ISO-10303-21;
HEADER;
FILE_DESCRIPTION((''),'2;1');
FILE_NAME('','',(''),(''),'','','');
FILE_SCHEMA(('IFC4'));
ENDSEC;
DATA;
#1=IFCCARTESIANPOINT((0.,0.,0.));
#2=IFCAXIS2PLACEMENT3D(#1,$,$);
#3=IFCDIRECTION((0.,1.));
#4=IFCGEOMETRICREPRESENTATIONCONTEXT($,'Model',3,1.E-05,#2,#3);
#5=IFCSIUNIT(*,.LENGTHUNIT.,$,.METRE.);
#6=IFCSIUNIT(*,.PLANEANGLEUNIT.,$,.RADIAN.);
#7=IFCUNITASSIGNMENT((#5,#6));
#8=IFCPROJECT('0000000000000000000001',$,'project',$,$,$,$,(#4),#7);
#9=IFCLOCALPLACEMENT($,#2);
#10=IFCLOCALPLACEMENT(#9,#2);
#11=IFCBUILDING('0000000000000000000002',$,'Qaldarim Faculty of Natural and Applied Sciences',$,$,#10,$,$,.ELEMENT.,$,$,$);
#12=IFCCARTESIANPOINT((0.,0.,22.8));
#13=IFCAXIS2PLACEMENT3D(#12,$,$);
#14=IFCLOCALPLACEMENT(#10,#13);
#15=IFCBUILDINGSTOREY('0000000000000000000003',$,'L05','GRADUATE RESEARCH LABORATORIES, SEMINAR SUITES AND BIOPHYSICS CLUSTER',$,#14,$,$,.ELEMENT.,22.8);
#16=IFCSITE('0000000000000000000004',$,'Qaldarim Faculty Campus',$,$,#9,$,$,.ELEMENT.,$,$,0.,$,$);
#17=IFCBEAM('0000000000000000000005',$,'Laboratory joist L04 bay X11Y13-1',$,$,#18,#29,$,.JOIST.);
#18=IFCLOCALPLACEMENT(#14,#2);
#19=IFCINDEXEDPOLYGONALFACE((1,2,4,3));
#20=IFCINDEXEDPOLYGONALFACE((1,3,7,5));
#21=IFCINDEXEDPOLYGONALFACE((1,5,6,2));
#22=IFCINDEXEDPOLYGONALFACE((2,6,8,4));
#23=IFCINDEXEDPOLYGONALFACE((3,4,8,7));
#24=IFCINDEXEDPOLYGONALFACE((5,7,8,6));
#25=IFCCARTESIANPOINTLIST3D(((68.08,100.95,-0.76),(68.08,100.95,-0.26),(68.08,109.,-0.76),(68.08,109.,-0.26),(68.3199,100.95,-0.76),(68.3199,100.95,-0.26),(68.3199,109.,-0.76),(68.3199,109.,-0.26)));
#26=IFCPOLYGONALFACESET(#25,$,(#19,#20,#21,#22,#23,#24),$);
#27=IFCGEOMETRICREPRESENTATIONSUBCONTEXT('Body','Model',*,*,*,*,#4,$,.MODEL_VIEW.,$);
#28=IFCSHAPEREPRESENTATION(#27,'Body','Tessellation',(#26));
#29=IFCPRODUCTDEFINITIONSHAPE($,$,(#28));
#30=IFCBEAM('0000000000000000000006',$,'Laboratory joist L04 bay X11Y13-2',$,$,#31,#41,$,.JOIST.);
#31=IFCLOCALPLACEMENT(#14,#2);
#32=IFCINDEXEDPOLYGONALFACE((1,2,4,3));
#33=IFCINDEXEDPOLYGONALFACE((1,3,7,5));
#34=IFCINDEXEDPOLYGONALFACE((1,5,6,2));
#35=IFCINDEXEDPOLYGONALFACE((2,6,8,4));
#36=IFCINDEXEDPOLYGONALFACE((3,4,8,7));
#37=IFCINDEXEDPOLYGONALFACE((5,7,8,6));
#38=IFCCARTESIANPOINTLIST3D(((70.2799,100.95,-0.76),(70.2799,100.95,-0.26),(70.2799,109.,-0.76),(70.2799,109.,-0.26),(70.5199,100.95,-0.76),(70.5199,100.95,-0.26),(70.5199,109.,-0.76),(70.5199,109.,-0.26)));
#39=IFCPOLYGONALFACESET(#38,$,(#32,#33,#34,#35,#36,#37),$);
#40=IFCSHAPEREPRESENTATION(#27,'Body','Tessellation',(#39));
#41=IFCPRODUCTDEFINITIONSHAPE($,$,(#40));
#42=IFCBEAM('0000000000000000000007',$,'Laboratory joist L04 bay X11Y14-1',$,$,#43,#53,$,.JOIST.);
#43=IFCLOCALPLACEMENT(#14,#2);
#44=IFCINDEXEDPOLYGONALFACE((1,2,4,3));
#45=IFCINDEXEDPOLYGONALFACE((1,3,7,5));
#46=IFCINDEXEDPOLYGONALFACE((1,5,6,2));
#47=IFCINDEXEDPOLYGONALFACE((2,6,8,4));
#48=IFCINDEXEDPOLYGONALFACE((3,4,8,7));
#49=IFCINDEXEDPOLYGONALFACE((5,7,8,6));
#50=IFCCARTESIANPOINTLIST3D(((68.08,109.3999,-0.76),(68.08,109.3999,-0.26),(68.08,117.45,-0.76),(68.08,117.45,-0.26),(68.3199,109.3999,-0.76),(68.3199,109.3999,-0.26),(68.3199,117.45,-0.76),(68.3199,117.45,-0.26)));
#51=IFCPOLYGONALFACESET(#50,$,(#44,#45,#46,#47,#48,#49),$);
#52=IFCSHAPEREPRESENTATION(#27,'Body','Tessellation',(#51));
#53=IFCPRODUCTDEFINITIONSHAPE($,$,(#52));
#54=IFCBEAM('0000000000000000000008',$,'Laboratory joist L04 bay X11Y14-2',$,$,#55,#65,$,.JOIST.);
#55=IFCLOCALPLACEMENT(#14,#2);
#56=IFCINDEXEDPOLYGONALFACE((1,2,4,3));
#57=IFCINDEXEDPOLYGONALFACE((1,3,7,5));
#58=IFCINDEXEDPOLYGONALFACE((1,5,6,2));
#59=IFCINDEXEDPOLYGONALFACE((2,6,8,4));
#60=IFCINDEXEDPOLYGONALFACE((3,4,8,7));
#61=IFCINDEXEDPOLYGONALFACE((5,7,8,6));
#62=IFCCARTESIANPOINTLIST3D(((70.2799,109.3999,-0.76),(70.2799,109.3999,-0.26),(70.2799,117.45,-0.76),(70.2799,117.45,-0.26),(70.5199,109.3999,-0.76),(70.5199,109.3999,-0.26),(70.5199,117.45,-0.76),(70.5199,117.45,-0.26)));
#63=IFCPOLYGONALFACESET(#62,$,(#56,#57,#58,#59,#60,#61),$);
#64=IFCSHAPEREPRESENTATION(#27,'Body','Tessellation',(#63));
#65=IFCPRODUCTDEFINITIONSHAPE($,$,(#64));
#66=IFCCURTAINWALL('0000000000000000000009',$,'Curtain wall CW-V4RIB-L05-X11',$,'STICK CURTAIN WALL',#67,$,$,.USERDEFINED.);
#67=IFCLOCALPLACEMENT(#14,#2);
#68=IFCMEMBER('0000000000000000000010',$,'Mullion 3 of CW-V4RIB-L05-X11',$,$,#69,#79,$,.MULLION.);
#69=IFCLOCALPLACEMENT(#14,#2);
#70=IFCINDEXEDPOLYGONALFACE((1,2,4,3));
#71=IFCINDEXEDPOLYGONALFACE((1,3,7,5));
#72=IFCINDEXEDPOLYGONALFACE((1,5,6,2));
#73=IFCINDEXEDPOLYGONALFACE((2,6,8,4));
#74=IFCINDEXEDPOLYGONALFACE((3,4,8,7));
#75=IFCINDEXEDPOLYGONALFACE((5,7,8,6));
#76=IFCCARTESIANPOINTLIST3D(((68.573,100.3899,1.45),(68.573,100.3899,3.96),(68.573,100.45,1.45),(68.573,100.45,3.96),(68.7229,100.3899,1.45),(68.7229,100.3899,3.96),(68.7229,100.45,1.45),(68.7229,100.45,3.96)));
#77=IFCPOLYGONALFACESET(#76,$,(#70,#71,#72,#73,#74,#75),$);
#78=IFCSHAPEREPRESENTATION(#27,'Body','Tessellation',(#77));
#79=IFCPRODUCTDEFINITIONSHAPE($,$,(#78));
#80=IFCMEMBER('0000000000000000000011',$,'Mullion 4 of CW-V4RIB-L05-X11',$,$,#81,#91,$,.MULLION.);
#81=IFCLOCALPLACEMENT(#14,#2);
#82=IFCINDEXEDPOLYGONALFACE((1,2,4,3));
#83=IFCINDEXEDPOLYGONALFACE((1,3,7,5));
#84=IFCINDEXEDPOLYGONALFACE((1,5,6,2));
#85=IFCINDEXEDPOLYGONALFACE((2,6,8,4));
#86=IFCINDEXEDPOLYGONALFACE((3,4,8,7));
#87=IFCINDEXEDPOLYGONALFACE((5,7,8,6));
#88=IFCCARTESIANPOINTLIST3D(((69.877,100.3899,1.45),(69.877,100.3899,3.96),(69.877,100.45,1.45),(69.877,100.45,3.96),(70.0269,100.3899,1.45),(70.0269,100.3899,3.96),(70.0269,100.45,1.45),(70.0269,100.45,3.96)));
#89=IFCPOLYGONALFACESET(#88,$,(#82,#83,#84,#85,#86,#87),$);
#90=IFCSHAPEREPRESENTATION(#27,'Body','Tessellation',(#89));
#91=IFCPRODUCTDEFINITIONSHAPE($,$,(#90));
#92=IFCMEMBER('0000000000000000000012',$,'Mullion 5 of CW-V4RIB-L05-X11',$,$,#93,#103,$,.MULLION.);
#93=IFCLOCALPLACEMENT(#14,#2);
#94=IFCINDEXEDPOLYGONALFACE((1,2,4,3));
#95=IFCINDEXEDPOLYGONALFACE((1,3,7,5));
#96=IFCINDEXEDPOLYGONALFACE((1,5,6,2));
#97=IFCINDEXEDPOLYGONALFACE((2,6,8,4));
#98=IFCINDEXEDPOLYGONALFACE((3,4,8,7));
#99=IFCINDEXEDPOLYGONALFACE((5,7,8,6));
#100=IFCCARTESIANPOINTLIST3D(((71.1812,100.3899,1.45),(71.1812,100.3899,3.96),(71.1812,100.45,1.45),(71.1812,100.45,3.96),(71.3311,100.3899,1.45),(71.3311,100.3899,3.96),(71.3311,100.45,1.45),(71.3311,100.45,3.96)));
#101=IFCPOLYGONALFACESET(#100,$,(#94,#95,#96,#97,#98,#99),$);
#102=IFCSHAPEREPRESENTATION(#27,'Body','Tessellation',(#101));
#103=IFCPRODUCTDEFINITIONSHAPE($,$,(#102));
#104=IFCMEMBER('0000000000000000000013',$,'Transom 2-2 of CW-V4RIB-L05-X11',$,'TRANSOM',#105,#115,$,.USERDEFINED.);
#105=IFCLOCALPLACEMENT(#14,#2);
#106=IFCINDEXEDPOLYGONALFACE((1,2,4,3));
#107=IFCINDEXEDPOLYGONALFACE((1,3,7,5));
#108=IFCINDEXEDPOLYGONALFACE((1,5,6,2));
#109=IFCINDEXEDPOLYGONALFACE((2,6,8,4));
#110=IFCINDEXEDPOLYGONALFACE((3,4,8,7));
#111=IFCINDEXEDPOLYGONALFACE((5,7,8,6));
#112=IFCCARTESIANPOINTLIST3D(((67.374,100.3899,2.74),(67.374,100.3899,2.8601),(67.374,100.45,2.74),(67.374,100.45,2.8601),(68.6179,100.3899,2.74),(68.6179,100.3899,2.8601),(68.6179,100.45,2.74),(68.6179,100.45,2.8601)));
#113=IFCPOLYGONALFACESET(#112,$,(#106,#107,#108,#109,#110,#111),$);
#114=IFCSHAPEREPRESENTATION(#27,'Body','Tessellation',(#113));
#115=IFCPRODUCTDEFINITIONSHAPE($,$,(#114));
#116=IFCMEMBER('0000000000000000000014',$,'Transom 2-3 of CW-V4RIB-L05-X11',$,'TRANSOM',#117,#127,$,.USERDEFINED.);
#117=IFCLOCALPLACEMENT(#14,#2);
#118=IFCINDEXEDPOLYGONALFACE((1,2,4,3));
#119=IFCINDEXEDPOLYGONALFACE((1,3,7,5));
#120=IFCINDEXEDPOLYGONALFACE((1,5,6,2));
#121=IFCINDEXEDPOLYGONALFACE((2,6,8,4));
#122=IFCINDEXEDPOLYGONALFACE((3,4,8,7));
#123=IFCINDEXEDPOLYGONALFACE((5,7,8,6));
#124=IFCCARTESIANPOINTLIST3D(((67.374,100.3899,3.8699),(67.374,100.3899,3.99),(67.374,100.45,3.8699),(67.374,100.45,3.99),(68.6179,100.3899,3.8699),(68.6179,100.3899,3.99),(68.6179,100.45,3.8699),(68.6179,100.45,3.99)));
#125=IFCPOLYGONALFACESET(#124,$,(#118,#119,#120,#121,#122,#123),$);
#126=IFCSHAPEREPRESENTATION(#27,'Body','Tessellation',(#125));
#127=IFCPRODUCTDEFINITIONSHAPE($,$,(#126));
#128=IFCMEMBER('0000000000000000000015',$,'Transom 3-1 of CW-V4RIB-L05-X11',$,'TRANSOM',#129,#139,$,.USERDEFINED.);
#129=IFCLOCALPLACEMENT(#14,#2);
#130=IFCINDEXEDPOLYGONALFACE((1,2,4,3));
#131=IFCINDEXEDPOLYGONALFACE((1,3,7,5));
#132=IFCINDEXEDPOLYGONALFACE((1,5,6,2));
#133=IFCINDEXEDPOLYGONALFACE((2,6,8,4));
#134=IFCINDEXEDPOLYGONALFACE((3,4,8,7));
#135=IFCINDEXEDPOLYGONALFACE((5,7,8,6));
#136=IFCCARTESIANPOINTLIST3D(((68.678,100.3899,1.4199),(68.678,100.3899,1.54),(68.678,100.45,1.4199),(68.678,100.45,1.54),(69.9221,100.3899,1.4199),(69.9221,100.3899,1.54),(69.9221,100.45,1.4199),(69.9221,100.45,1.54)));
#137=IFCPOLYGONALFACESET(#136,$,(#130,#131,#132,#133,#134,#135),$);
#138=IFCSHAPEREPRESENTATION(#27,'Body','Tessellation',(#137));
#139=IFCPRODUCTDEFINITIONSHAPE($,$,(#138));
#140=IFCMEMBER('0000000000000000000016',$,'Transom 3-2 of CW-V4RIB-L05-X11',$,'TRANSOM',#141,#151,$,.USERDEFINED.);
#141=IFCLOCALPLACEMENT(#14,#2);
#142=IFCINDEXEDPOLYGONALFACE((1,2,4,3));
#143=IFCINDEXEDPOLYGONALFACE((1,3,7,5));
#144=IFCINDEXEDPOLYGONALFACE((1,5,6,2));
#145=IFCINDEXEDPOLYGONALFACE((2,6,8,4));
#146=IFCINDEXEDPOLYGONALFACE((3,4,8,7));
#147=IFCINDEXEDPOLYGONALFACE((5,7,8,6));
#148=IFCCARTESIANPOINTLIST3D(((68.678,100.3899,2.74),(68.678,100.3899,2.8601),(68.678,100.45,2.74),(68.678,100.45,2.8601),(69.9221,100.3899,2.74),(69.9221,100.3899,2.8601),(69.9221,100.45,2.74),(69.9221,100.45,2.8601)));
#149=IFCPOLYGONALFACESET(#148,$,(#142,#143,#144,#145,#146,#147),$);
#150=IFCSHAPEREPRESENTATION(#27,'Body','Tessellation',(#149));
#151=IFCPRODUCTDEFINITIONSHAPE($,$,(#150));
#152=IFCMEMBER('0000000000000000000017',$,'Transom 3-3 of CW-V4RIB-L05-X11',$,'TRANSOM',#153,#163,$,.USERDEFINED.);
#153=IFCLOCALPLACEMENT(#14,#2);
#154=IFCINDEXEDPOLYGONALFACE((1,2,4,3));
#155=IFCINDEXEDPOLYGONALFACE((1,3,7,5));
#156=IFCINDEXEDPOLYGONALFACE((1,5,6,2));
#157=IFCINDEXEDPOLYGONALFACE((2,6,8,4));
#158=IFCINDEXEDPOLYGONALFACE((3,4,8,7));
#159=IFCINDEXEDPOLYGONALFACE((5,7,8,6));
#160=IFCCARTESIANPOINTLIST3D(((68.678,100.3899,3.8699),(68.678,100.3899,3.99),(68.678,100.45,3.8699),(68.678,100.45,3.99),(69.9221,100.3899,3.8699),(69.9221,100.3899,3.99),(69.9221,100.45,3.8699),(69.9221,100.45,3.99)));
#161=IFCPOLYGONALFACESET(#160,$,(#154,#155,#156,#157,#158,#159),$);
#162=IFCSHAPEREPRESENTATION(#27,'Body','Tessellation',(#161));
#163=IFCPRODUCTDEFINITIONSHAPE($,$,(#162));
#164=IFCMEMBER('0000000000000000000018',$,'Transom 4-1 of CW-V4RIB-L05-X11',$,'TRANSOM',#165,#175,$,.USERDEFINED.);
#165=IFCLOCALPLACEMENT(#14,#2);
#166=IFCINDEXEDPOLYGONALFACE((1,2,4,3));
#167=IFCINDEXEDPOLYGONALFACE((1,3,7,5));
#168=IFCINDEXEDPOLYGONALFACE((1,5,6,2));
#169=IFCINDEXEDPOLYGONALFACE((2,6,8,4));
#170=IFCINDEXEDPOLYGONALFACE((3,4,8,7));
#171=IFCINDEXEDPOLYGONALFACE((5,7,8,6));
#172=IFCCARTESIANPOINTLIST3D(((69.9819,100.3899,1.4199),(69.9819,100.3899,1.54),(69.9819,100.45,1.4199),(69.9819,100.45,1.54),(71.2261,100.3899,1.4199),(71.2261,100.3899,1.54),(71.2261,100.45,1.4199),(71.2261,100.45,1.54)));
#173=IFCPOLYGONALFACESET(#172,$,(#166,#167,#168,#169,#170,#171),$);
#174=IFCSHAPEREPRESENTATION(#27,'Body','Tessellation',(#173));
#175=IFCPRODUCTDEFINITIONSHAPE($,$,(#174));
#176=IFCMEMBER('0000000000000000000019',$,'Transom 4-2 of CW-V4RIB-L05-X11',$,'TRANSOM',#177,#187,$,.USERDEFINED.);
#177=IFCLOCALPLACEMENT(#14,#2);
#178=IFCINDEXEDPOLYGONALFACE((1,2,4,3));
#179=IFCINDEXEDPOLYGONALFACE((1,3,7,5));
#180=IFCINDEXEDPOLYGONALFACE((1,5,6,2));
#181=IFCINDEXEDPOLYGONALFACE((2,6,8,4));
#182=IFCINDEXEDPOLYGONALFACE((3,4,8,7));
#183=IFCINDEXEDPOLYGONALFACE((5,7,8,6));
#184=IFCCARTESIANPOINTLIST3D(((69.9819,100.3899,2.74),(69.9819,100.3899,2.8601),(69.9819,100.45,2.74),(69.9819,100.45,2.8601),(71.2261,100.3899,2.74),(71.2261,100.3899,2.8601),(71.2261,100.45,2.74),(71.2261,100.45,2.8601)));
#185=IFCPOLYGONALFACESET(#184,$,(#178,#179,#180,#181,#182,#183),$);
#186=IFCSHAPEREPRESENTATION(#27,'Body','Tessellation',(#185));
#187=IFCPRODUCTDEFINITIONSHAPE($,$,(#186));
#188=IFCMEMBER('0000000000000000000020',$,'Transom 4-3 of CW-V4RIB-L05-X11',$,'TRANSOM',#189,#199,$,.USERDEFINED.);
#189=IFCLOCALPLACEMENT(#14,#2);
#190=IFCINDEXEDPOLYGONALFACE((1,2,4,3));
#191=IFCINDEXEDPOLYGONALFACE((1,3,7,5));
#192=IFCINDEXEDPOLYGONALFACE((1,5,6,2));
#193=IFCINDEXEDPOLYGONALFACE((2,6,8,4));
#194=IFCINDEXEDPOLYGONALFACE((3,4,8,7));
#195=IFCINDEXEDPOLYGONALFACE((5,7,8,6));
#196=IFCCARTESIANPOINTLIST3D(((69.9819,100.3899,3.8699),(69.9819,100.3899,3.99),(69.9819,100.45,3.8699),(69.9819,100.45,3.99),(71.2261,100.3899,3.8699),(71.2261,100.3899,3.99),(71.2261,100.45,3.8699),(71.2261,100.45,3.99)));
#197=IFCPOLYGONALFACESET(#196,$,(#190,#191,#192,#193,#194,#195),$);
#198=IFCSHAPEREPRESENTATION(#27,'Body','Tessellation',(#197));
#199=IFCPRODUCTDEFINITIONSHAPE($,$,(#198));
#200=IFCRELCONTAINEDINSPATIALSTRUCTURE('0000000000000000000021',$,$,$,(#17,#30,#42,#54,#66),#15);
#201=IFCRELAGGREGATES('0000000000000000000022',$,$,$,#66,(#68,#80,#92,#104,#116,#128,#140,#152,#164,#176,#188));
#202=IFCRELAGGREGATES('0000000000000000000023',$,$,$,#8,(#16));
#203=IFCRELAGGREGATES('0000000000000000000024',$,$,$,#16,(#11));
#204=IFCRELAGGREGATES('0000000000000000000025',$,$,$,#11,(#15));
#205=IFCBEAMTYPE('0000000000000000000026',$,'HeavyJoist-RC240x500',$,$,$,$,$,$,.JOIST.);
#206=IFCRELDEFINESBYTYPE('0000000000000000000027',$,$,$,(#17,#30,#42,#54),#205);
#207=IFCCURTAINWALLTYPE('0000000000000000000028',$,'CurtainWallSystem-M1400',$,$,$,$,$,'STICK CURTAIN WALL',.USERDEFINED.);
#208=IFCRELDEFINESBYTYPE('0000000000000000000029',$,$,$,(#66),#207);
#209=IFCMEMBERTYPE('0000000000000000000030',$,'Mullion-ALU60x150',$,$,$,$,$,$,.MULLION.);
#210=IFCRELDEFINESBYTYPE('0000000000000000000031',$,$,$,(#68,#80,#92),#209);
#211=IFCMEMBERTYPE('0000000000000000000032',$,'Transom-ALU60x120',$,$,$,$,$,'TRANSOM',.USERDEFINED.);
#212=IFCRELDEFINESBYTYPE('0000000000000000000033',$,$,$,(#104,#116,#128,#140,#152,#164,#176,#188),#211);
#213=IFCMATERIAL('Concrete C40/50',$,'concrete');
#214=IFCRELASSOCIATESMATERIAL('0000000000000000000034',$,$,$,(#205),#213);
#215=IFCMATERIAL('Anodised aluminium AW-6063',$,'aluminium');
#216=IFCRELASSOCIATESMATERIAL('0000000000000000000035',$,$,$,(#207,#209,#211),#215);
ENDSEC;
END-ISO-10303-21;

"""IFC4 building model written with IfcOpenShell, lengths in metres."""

from ifc_helpers import new_model, si_unit, direction, frame, origin, origin_2d, place, context, subcontext, project, spatial, rectangle, extrude, material, material_profile, profile_set, type_object, element, aggregate, save


model = new_model("IFC4")

# Units and contexts
model_context = context("Model", 3, precision=1e-05, world=origin(), true_north=direction((0.0, 1.0)))
body_context = subcontext(model_context, "Body", "Model", "MODEL_VIEW")
ifc_project = project(units=[si_unit("LENGTHUNIT", "METRE"), si_unit("PLANEANGLEUNIT", "RADIAN")], contexts=[model_context])

# Site, building, storey
site_placement = place(None, origin())
site = spatial("IfcSite", under=ifc_project, at=site_placement, Name="Qaldarim Faculty Campus", CompositionType="ELEMENT", RefElevation=0.0)
building_placement = place(site_placement, origin())
building = spatial("IfcBuilding", under=site, at=building_placement, Name="Qaldarim Faculty of Natural and Applied Sciences", CompositionType="ELEMENT")
storey_placement = place(building_placement, frame((0.0, 0.0, 22.8)))
storey = spatial("IfcBuildingStorey", under=building, at=storey_placement, Name="L05", Description="GRADUATE RESEARCH LABORATORIES, SEMINAR SUITES AND BIOPHYSICS CLUSTER", CompositionType="ELEMENT", Elevation=22.8)

# Beams
ifc_material_1 = material(Name="Concrete C40/50", Category="concrete")
ifc_material_profile_1 = material_profile(ifc_material_1, rectangle(XDim=0.24, YDim=0.5, at=origin_2d()), Name="RC-J240x500")
ifc_profile_set_1 = profile_set([ifc_material_profile_1], Name="Concrete C40/50")
beam_type = type_object("IfcBeamType", Name="HeavyJoist-RC240x500", PredefinedType="JOIST", material=ifc_profile_set_1)
for number, where, z_axis, x_axis, name in (
    (1, (68.2, 100.95, -0.51), (0.0, 1.0, 0.0), (-1.0, 0.0, 0.0), "Laboratory joist L04 bay X11Y13-1"),
    (2, (70.3999, 100.95, -0.51), (0.0, 1.0, 0.0), (-1.0, 0.0, 0.0), "Laboratory joist L04 bay X11Y13-2"),
    (3, (68.2, 109.3999, -0.51), (0.0, 1.0, 0.0), (-1.0, 0.0, 0.0), "Laboratory joist L04 bay X11Y14-1"),
    (4, (70.3999, 109.3999, -0.51), (0.0, 1.0, 0.0), (-1.0, 0.0, 0.0), "Laboratory joist L04 bay X11Y14-2"),
):
    element("IfcBeam", number, at=place(storey_placement, frame(where, z_axis=z_axis, x_axis=x_axis)), inside=storey, type_object=beam_type, Name=name, PredefinedType="JOIST", context=body_context, shape_type="SweptSolid", body=[
        extrude(rectangle(XDim=0.24, YDim=0.5, at=origin_2d()), origin(), (0.0, 0.0, 1.0), 8.05),
    ])

# Curtain wall, members
ifc_material_2 = material(Name="Anodised aluminium AW-6063", Category="aluminium")
curtain_wall_type_1 = type_object("IfcCurtainWallType", Name="CurtainWallSystem-M1400", ElementType="STICK CURTAIN WALL", PredefinedType="USERDEFINED", material=ifc_material_2)
curtain_wall_1_placement = place(storey_placement, origin())
curtain_wall_1 = element("IfcCurtainWall", 5, at=curtain_wall_1_placement, inside=storey, type_object=curtain_wall_type_1, Name="Curtain wall CW-V4RIB-L05-X11", ObjectType="STICK CURTAIN WALL", PredefinedType="USERDEFINED")
ifc_material_profile_2 = material_profile(ifc_material_2, rectangle(XDim=0.0601, YDim=0.1499, at=origin_2d()), Name="ALU-M60x150")
ifc_profile_set_2 = profile_set([ifc_material_profile_2], Name="Anodised aluminium AW-6063")
member_type_1 = type_object("IfcMemberType", Name="Mullion-ALU60x150", PredefinedType="MULLION", material=ifc_profile_set_2)
member_1_placement = place(storey_placement, frame((68.6479, 100.4199, 1.45), z_axis=(0.0, 0.0, 1.0), x_axis=(0.0, 1.0, 0.0)))
member_1 = element("IfcMember", 6, at=member_1_placement, type_object=member_type_1, Name="Mullion 3 of CW-V4RIB-L05-X11", PredefinedType="MULLION", context=body_context, shape_type="SweptSolid", body=[
    extrude(rectangle(XDim=0.0601, YDim=0.1499, at=origin_2d()), origin(), (0.0, 0.0, 1.0), 2.51),
])
member_2_placement = place(storey_placement, frame((69.9519, 100.4199, 1.45), z_axis=(0.0, 0.0, 1.0), x_axis=(0.0, 1.0, 0.0)))
member_2 = element("IfcMember", 7, at=member_2_placement, type_object=member_type_1, Name="Mullion 4 of CW-V4RIB-L05-X11", PredefinedType="MULLION", context=body_context, shape_type="SweptSolid", body=[
    extrude(rectangle(XDim=0.0601, YDim=0.1499, at=origin_2d()), origin(), (0.0, 0.0, 1.0), 2.51),
])
member_3_placement = place(storey_placement, frame((71.2561, 100.4199, 1.45), z_axis=(0.0, 0.0, 1.0), x_axis=(0.0, 1.0, 0.0)))
member_3 = element("IfcMember", 8, at=member_3_placement, type_object=member_type_1, Name="Mullion 5 of CW-V4RIB-L05-X11", PredefinedType="MULLION", context=body_context, shape_type="SweptSolid", body=[
    extrude(rectangle(XDim=0.0601, YDim=0.1499, at=origin_2d()), origin(), (0.0, 0.0, 1.0), 2.51),
])
ifc_material_profile_3 = material_profile(ifc_material_2, rectangle(XDim=0.0601, YDim=0.1201, at=origin_2d()), Name="ALU-T60x120")
ifc_profile_set_3 = profile_set([ifc_material_profile_3], Name="Anodised aluminium AW-6063")
member_type_2 = type_object("IfcMemberType", Name="Transom-ALU60x120", ElementType="TRANSOM", PredefinedType="USERDEFINED", material=ifc_profile_set_3)
member_4_placement = place(storey_placement, frame((67.374, 100.4199, 2.8), z_axis=(1.0, 0.0, 0.0), x_axis=(0.0, 1.0, 0.0)))
member_4 = element("IfcMember", 9, at=member_4_placement, type_object=member_type_2, Name="Transom 2-2 of CW-V4RIB-L05-X11", ObjectType="TRANSOM", PredefinedType="USERDEFINED", context=body_context, shape_type="SweptSolid", body=[
    extrude(rectangle(XDim=0.0601, YDim=0.1201, at=origin_2d()), origin(), (0.0, 0.0, 1.0), 1.2439),
])
member_5_placement = place(storey_placement, frame((67.374, 100.4199, 3.9299), z_axis=(1.0, 0.0, 0.0), x_axis=(0.0, 1.0, 0.0)))
member_5 = element("IfcMember", 10, at=member_5_placement, type_object=member_type_2, Name="Transom 2-3 of CW-V4RIB-L05-X11", ObjectType="TRANSOM", PredefinedType="USERDEFINED", context=body_context, shape_type="SweptSolid", body=[
    extrude(rectangle(XDim=0.0601, YDim=0.1201, at=origin_2d()), origin(), (0.0, 0.0, 1.0), 1.2439),
])
member_6_placement = place(storey_placement, frame((68.678, 100.4199, 1.48), z_axis=(1.0, 0.0, 0.0), x_axis=(0.0, 1.0, 0.0)))
member_6 = element("IfcMember", 11, at=member_6_placement, type_object=member_type_2, Name="Transom 3-1 of CW-V4RIB-L05-X11", ObjectType="TRANSOM", PredefinedType="USERDEFINED", context=body_context, shape_type="SweptSolid", body=[
    extrude(rectangle(XDim=0.0601, YDim=0.1201, at=origin_2d()), origin(), (0.0, 0.0, 1.0), 1.2441),
])
member_7_placement = place(storey_placement, frame((68.678, 100.4199, 2.8), z_axis=(1.0, 0.0, 0.0), x_axis=(0.0, 1.0, 0.0)))
member_7 = element("IfcMember", 12, at=member_7_placement, type_object=member_type_2, Name="Transom 3-2 of CW-V4RIB-L05-X11", ObjectType="TRANSOM", PredefinedType="USERDEFINED", context=body_context, shape_type="SweptSolid", body=[
    extrude(rectangle(XDim=0.0601, YDim=0.1201, at=origin_2d()), origin(), (0.0, 0.0, 1.0), 1.2441),
])
member_8_placement = place(storey_placement, frame((68.678, 100.4199, 3.9299), z_axis=(1.0, 0.0, 0.0), x_axis=(0.0, 1.0, 0.0)))
member_8 = element("IfcMember", 13, at=member_8_placement, type_object=member_type_2, Name="Transom 3-3 of CW-V4RIB-L05-X11", ObjectType="TRANSOM", PredefinedType="USERDEFINED", context=body_context, shape_type="SweptSolid", body=[
    extrude(rectangle(XDim=0.0601, YDim=0.1201, at=origin_2d()), origin(), (0.0, 0.0, 1.0), 1.2441),
])
member_9_placement = place(storey_placement, frame((69.9819, 100.4199, 1.48), z_axis=(1.0, 0.0, 0.0), x_axis=(0.0, 1.0, 0.0)))
member_9 = element("IfcMember", 14, at=member_9_placement, type_object=member_type_2, Name="Transom 4-1 of CW-V4RIB-L05-X11", ObjectType="TRANSOM", PredefinedType="USERDEFINED", context=body_context, shape_type="SweptSolid", body=[
    extrude(rectangle(XDim=0.0601, YDim=0.1201, at=origin_2d()), origin(), (0.0, 0.0, 1.0), 1.2441),
])
member_10_placement = place(storey_placement, frame((69.9819, 100.4199, 2.8), z_axis=(1.0, 0.0, 0.0), x_axis=(0.0, 1.0, 0.0)))
member_10 = element("IfcMember", 15, at=member_10_placement, type_object=member_type_2, Name="Transom 4-2 of CW-V4RIB-L05-X11", ObjectType="TRANSOM", PredefinedType="USERDEFINED", context=body_context, shape_type="SweptSolid", body=[
    extrude(rectangle(XDim=0.0601, YDim=0.1201, at=origin_2d()), origin(), (0.0, 0.0, 1.0), 1.2441),
])
member_11_placement = place(storey_placement, frame((69.9819, 100.4199, 3.9299), z_axis=(1.0, 0.0, 0.0), x_axis=(0.0, 1.0, 0.0)))
member_11 = element("IfcMember", 16, at=member_11_placement, type_object=member_type_2, Name="Transom 4-3 of CW-V4RIB-L05-X11", ObjectType="TRANSOM", PredefinedType="USERDEFINED", context=body_context, shape_type="SweptSolid", body=[
    extrude(rectangle(XDim=0.0601, YDim=0.1201, at=origin_2d()), origin(), (0.0, 0.0, 1.0), 1.2441),
])

aggregate(curtain_wall_1, [member_1, member_2, member_3, member_4, member_5, member_6, member_7, member_8, member_9, member_10, member_11])

save(model, "model.ifc")
